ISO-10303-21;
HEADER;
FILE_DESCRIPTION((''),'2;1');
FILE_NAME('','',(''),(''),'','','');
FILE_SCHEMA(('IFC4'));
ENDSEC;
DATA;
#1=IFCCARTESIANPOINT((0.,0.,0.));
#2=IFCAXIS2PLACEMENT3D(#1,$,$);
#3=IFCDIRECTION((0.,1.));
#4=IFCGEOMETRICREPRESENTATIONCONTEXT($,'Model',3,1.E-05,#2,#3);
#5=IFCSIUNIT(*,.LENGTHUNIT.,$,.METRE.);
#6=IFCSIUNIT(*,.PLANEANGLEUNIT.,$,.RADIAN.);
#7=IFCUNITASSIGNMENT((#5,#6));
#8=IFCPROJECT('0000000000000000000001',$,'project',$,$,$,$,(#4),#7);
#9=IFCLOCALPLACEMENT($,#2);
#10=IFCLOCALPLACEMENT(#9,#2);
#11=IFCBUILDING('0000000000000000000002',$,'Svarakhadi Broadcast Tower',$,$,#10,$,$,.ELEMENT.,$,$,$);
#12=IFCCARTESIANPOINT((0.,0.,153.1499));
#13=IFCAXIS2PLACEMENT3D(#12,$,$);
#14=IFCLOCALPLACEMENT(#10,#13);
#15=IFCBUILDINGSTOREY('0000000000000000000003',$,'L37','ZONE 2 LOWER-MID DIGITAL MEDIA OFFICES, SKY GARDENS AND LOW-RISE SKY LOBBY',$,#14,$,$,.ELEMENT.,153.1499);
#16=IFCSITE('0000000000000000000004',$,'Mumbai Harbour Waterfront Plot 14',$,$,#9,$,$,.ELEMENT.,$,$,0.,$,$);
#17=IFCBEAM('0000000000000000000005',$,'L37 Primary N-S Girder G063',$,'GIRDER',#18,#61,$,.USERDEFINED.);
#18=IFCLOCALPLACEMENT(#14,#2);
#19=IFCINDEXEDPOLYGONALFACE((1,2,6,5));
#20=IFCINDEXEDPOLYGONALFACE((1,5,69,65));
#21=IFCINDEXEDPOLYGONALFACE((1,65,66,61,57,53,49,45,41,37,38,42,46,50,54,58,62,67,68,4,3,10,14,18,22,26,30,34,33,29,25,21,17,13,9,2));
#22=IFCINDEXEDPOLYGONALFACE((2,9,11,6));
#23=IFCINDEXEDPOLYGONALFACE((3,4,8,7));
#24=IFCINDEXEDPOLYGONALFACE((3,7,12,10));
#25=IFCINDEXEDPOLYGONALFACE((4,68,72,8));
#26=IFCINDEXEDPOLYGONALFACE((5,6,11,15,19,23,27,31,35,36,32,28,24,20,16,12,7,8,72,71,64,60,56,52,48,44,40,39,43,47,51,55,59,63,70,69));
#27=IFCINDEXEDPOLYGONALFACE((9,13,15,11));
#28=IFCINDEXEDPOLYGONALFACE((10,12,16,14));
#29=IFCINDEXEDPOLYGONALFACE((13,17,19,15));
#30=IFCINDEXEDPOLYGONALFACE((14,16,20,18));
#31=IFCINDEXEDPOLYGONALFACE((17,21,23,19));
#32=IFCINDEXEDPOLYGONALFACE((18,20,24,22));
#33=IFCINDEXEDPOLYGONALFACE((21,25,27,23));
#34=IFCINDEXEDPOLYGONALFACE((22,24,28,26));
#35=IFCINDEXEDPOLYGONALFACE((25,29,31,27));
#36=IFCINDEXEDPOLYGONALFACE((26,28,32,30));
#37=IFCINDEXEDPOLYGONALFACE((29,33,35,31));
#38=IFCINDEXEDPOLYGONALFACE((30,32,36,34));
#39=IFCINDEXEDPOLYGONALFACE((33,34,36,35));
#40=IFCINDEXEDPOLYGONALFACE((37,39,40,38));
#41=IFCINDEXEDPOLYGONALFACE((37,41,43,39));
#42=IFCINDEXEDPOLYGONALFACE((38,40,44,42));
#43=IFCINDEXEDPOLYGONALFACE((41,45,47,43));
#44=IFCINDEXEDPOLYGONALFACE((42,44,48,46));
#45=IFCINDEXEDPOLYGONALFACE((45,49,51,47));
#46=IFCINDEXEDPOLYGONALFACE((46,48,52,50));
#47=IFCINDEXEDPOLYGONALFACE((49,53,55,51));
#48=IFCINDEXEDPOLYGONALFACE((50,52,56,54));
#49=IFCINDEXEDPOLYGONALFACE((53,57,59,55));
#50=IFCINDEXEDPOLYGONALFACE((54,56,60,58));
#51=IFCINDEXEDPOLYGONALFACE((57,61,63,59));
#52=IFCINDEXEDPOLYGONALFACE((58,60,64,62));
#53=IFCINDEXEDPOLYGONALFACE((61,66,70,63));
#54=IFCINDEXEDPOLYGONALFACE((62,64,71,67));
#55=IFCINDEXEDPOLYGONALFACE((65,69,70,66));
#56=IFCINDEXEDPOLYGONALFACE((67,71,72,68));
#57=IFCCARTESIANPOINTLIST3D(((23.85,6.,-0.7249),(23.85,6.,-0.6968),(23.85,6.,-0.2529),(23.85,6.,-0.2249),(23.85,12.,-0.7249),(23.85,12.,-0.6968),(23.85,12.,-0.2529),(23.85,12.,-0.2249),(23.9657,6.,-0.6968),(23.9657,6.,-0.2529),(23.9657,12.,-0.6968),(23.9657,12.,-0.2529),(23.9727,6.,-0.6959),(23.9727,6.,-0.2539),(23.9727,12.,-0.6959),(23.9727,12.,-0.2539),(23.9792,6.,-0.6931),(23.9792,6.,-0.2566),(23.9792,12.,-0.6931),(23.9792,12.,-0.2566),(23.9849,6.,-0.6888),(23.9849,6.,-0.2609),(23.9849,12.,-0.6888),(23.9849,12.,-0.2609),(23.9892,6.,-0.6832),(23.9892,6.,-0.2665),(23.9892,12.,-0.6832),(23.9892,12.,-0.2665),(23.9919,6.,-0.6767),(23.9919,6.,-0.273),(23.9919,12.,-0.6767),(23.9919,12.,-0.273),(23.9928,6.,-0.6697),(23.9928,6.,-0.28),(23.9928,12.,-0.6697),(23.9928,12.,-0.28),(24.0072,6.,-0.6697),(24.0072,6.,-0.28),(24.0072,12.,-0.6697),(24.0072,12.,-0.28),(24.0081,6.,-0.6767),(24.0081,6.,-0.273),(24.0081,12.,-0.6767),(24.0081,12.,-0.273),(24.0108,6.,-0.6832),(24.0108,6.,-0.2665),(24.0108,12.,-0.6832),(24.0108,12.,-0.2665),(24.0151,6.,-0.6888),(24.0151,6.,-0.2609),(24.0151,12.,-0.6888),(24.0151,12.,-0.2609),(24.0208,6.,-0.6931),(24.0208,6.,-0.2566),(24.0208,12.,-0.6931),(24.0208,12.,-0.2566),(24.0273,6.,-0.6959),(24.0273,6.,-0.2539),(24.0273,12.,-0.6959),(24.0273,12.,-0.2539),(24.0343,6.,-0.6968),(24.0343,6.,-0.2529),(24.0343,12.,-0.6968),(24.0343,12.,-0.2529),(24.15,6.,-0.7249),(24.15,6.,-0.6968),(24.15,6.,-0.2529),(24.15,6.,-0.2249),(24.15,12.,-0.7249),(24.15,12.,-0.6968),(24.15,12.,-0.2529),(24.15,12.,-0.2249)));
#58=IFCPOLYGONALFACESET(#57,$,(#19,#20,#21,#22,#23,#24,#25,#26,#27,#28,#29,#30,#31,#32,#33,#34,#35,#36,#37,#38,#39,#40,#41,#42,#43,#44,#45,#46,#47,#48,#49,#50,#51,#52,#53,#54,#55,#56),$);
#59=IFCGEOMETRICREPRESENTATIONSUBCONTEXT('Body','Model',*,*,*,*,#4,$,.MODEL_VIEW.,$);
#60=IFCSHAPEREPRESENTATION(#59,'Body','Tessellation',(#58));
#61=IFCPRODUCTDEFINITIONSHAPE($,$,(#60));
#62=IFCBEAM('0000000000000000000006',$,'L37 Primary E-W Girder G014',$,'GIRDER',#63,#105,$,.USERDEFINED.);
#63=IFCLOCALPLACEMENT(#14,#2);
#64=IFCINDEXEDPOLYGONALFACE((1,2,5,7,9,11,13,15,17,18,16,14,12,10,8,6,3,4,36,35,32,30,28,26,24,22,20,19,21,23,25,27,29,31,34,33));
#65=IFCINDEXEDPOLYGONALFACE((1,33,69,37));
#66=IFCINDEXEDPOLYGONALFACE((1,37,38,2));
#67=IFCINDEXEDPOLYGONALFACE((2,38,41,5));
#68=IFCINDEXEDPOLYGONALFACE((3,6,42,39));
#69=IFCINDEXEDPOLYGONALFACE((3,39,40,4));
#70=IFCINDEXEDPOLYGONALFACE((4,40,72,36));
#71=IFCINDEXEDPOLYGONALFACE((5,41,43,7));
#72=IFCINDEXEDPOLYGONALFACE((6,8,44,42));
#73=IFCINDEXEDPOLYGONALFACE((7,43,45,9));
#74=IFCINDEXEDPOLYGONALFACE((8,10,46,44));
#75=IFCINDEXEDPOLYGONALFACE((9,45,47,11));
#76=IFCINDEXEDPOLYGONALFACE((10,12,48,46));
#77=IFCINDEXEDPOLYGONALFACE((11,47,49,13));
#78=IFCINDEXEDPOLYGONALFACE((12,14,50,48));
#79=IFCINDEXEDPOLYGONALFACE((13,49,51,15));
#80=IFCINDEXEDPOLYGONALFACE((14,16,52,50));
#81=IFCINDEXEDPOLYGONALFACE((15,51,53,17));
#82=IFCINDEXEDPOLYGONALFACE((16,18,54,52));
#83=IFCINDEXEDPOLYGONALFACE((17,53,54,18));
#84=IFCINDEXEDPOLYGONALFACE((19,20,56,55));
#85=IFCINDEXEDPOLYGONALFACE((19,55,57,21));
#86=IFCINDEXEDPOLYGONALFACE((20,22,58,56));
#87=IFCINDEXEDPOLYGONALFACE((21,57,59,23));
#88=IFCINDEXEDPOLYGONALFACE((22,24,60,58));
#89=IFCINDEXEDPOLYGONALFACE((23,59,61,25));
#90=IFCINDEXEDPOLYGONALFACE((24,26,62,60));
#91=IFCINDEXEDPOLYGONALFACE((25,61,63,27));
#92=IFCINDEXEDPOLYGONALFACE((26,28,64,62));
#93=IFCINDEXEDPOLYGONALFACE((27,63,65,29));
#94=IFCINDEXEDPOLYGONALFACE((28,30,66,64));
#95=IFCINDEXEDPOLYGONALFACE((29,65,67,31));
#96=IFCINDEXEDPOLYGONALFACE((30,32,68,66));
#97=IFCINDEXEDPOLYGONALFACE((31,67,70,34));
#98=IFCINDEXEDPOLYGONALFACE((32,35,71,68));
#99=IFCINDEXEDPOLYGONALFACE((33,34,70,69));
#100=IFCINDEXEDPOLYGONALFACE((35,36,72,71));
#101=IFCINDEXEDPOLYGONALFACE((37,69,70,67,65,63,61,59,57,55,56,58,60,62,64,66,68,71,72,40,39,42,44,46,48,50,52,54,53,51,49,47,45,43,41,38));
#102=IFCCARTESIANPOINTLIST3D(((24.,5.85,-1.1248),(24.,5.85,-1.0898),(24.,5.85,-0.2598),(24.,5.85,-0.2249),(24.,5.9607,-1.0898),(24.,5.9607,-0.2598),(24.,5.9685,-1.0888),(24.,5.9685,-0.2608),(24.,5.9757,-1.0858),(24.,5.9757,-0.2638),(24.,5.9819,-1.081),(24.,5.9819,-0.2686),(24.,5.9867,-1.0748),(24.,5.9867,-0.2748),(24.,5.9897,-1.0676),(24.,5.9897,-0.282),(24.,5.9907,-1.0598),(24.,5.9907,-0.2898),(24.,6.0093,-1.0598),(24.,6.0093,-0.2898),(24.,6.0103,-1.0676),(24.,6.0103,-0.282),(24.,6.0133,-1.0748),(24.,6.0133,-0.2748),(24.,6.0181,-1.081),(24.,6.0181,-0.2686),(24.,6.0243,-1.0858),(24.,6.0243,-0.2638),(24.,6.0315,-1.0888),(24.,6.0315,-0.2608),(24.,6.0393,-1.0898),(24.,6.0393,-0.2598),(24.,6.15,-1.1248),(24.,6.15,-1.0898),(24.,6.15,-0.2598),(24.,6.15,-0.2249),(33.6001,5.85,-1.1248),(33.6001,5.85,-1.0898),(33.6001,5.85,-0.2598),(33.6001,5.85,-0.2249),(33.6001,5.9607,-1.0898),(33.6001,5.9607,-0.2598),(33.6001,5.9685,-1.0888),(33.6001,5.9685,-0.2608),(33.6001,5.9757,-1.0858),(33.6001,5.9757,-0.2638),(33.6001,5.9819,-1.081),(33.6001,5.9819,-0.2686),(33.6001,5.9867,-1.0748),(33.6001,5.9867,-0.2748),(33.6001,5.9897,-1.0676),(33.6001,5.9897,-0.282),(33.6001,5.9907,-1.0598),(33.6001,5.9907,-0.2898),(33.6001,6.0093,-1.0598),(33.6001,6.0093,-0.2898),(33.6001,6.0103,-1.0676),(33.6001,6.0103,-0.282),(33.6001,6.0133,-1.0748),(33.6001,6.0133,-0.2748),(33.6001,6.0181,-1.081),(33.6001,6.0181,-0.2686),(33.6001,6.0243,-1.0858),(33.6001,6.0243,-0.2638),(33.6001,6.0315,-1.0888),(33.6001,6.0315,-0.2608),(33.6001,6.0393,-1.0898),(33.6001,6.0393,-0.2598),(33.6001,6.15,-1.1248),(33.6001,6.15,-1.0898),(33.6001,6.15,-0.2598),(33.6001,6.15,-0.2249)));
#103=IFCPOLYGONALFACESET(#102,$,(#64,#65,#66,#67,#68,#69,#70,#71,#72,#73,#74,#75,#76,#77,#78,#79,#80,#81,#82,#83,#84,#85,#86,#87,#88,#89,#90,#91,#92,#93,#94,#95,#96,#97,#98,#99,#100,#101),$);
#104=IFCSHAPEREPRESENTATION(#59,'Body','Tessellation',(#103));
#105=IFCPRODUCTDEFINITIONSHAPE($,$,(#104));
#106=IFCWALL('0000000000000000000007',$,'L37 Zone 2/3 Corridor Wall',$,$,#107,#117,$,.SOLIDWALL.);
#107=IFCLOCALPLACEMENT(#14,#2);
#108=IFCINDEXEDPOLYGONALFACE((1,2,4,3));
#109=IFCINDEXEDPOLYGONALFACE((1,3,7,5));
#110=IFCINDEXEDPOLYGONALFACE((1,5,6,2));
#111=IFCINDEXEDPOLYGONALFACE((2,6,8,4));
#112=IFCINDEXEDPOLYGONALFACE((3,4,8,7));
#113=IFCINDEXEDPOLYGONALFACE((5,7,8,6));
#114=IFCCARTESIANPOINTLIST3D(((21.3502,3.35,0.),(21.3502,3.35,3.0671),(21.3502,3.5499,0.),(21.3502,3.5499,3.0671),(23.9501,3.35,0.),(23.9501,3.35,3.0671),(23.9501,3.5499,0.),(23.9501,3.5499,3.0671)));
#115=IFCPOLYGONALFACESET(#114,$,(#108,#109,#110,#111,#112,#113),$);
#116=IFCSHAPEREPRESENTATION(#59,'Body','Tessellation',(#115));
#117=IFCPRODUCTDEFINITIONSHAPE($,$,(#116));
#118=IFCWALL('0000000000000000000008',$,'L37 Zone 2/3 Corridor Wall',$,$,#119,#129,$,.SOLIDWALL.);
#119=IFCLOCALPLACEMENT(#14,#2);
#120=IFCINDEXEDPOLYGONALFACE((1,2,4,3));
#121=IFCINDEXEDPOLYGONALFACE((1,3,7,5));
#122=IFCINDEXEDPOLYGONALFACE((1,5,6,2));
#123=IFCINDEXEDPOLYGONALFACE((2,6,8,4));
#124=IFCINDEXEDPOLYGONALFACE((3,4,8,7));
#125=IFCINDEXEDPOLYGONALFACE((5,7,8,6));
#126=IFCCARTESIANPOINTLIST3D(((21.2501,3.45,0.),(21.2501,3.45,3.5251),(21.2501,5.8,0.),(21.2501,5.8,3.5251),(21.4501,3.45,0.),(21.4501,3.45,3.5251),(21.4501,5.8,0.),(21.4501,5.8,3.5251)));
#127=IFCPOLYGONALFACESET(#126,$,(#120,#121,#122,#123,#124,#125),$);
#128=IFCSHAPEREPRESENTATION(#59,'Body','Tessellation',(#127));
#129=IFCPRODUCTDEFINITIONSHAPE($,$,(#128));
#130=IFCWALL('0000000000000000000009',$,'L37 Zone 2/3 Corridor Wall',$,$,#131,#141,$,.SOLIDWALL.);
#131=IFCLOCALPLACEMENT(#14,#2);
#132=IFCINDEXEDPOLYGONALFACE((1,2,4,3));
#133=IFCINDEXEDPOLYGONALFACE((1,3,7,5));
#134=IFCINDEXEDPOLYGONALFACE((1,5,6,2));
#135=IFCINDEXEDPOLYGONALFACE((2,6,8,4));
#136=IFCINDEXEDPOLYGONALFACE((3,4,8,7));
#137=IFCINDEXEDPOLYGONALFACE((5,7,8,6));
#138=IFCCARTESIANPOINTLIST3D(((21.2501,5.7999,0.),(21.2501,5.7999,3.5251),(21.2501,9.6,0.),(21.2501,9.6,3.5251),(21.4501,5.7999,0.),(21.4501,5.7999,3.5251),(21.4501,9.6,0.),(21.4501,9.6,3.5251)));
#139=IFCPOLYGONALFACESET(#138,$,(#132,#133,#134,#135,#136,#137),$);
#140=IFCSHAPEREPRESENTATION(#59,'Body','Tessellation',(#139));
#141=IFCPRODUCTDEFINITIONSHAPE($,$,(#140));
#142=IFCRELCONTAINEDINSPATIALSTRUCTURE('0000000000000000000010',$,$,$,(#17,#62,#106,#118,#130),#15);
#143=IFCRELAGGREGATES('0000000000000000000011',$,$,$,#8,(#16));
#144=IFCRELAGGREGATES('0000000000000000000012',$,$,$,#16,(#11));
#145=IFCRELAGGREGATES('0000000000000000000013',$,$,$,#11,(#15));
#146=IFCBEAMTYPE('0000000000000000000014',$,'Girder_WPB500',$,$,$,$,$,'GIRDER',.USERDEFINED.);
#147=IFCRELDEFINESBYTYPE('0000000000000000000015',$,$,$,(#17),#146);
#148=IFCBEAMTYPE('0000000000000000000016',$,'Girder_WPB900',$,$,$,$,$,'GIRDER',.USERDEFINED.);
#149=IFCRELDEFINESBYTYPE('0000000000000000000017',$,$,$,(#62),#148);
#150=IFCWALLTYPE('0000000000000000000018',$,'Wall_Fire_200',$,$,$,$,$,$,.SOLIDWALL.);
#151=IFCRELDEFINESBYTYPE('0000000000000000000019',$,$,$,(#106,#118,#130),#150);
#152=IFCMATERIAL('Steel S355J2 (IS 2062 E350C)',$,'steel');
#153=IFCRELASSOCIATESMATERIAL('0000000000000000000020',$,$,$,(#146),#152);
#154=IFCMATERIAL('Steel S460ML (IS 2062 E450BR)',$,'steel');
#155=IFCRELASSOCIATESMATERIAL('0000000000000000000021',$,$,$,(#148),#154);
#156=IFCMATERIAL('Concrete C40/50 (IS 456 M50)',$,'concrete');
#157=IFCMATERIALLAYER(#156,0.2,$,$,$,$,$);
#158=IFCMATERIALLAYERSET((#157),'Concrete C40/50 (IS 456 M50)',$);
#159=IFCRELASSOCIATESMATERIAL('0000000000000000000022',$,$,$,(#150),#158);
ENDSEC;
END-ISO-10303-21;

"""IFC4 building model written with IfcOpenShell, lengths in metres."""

from ifc_helpers import new_model, si_unit, direction, frame, frame_2d, origin, origin_2d, place, context, subcontext, project, spatial, rectangle, i_section, extrude, material, layer, layer_set, material_profile, profile_set, type_object, element, save


model = new_model("IFC4")

# Units and contexts
model_context = context("Model", 3, precision=1e-05, world=origin(), true_north=direction((0.0, 1.0)))
body_context = subcontext(model_context, "Body", "Model", "MODEL_VIEW")
ifc_project = project(units=[si_unit("LENGTHUNIT", "METRE"), si_unit("PLANEANGLEUNIT", "RADIAN")], contexts=[model_context])

# Site, building, storey
site_placement = place(None, origin())
site = spatial("IfcSite", under=ifc_project, at=site_placement, Name="Mumbai Harbour Waterfront Plot 14", CompositionType="ELEMENT", RefElevation=0.0)
building_placement = place(site_placement, origin())
building = spatial("IfcBuilding", under=site, at=building_placement, Name="Svarakhadi Broadcast Tower", CompositionType="ELEMENT")
storey_placement = place(building_placement, frame((0.0, 0.0, 153.1499)))
storey = spatial("IfcBuildingStorey", under=building, at=storey_placement, Name="L37", Description="ZONE 2 LOWER-MID DIGITAL MEDIA OFFICES, SKY GARDENS AND LOW-RISE SKY LOBBY", CompositionType="ELEMENT", Elevation=153.1499)

# Beams
ifc_material_1 = material(Name="Steel S355J2 (IS 2062 E350C)", Category="steel")
ifc_material_profile_1 = material_profile(ifc_material_1, i_section(OverallWidth=0.3, OverallDepth=0.5, WebThickness=0.0144, FlangeThickness=0.0281, FilletRadius=0.0271, at=origin_2d()), Name="WPB 500x300x187")
ifc_profile_set_1 = profile_set([ifc_material_profile_1], Name="Steel S355J2 (IS 2062 E350C)")
beam_type_1 = type_object("IfcBeamType", Name="Girder_WPB500", ElementType="GIRDER", PredefinedType="USERDEFINED", material=ifc_profile_set_1)
for number, where, z_axis, x_axis, name in (
    (1, (24.0, 6.0, -0.4749), (0.0, 1.0, 0.0), (-1.0, 0.0, 0.0), "L37 Primary N-S Girder G063"),
):
    element("IfcBeam", number, at=place(storey_placement, frame(where, z_axis=z_axis, x_axis=x_axis)), inside=storey, type_object=beam_type_1, Name=name, ObjectType="GIRDER", PredefinedType="USERDEFINED", context=body_context, shape_type="SweptSolid", body=[
        extrude(i_section(OverallWidth=0.3, OverallDepth=0.5, WebThickness=0.0144, FlangeThickness=0.0281, FilletRadius=0.0271, at=origin_2d()), origin(), (0.0, 0.0, 1.0), 6.0),
    ])
ifc_material_2 = material(Name="Steel S460ML (IS 2062 E450BR)", Category="steel")
ifc_material_profile_2 = material_profile(ifc_material_2, i_section(OverallWidth=0.3, OverallDepth=0.8999, WebThickness=0.0186, FlangeThickness=0.0349, FilletRadius=0.03, at=origin_2d()), Name="WPB 900x300x291")
ifc_profile_set_2 = profile_set([ifc_material_profile_2], Name="Steel S460ML (IS 2062 E450BR)")
beam_type_2 = type_object("IfcBeamType", Name="Girder_WPB900", ElementType="GIRDER", PredefinedType="USERDEFINED", material=ifc_profile_set_2)
beam_placement = place(storey_placement, frame((24.0, 6.0, -0.6748), z_axis=(1.0, 0.0, 0.0), x_axis=(0.0, 1.0, 0.0)))
element("IfcBeam", 2, at=beam_placement, inside=storey, type_object=beam_type_2, Name="L37 Primary E-W Girder G014", ObjectType="GIRDER", PredefinedType="USERDEFINED", context=body_context, shape_type="SweptSolid", body=[
    extrude(i_section(OverallWidth=0.3, OverallDepth=0.8999, WebThickness=0.0186, FlangeThickness=0.0349, FilletRadius=0.03, at=origin_2d()), origin(), (0.0, 0.0, 1.0), 9.6001),
])

# Walls
ifc_material_3 = material(Name="Concrete C40/50 (IS 456 M50)", Category="concrete")
ifc_layer_1 = layer(ifc_material_3, 0.2)
ifc_layer_set_1 = layer_set([ifc_layer_1], Name="Concrete C40/50 (IS 456 M50)")
wall_type_1 = type_object("IfcWallType", Name="Wall_Fire_200", PredefinedType="SOLIDWALL", material=ifc_layer_set_1)
wall_1_placement = place(storey_placement, frame((23.95, 3.45, 0.0), z_axis=(0.0, 0.0, 1.0), x_axis=(-1.0, 0.0, 0.0)))
element("IfcWall", 3, at=wall_1_placement, inside=storey, type_object=wall_type_1, Name="L37 Zone 2/3 Corridor Wall", PredefinedType="SOLIDWALL", context=body_context, shape_type="SweptSolid", body=[
    extrude(rectangle(XDim=2.5999, YDim=0.2, at=frame_2d((1.2998, 0.0))), origin(), (0.0, 0.0, 1.0), 3.0671),
])
wall_2_placement = place(storey_placement, frame((21.3501, 3.45, 0.0), z_axis=(0.0, 0.0, 1.0), x_axis=(0.0, 1.0, 0.0)))
element("IfcWall", 4, at=wall_2_placement, inside=storey, type_object=wall_type_1, Name="L37 Zone 2/3 Corridor Wall", PredefinedType="SOLIDWALL", context=body_context, shape_type="SweptSolid", body=[
    extrude(rectangle(XDim=2.3501, YDim=0.2, at=frame_2d((1.175, 0.0))), origin(), (0.0, 0.0, 1.0), 3.5251),
])
wall_3_placement = place(storey_placement, frame((21.3501, 5.8, 0.0), z_axis=(0.0, 0.0, 1.0), x_axis=(0.0, 1.0, 0.0)))
element("IfcWall", 5, at=wall_3_placement, inside=storey, type_object=wall_type_1, Name="L37 Zone 2/3 Corridor Wall", PredefinedType="SOLIDWALL", context=body_context, shape_type="SweptSolid", body=[
    extrude(rectangle(XDim=3.8, YDim=0.2, at=frame_2d((1.8999, 0.0))), origin(), (0.0, 0.0, 1.0), 3.5251),
])

save(model, "model.ifc")
